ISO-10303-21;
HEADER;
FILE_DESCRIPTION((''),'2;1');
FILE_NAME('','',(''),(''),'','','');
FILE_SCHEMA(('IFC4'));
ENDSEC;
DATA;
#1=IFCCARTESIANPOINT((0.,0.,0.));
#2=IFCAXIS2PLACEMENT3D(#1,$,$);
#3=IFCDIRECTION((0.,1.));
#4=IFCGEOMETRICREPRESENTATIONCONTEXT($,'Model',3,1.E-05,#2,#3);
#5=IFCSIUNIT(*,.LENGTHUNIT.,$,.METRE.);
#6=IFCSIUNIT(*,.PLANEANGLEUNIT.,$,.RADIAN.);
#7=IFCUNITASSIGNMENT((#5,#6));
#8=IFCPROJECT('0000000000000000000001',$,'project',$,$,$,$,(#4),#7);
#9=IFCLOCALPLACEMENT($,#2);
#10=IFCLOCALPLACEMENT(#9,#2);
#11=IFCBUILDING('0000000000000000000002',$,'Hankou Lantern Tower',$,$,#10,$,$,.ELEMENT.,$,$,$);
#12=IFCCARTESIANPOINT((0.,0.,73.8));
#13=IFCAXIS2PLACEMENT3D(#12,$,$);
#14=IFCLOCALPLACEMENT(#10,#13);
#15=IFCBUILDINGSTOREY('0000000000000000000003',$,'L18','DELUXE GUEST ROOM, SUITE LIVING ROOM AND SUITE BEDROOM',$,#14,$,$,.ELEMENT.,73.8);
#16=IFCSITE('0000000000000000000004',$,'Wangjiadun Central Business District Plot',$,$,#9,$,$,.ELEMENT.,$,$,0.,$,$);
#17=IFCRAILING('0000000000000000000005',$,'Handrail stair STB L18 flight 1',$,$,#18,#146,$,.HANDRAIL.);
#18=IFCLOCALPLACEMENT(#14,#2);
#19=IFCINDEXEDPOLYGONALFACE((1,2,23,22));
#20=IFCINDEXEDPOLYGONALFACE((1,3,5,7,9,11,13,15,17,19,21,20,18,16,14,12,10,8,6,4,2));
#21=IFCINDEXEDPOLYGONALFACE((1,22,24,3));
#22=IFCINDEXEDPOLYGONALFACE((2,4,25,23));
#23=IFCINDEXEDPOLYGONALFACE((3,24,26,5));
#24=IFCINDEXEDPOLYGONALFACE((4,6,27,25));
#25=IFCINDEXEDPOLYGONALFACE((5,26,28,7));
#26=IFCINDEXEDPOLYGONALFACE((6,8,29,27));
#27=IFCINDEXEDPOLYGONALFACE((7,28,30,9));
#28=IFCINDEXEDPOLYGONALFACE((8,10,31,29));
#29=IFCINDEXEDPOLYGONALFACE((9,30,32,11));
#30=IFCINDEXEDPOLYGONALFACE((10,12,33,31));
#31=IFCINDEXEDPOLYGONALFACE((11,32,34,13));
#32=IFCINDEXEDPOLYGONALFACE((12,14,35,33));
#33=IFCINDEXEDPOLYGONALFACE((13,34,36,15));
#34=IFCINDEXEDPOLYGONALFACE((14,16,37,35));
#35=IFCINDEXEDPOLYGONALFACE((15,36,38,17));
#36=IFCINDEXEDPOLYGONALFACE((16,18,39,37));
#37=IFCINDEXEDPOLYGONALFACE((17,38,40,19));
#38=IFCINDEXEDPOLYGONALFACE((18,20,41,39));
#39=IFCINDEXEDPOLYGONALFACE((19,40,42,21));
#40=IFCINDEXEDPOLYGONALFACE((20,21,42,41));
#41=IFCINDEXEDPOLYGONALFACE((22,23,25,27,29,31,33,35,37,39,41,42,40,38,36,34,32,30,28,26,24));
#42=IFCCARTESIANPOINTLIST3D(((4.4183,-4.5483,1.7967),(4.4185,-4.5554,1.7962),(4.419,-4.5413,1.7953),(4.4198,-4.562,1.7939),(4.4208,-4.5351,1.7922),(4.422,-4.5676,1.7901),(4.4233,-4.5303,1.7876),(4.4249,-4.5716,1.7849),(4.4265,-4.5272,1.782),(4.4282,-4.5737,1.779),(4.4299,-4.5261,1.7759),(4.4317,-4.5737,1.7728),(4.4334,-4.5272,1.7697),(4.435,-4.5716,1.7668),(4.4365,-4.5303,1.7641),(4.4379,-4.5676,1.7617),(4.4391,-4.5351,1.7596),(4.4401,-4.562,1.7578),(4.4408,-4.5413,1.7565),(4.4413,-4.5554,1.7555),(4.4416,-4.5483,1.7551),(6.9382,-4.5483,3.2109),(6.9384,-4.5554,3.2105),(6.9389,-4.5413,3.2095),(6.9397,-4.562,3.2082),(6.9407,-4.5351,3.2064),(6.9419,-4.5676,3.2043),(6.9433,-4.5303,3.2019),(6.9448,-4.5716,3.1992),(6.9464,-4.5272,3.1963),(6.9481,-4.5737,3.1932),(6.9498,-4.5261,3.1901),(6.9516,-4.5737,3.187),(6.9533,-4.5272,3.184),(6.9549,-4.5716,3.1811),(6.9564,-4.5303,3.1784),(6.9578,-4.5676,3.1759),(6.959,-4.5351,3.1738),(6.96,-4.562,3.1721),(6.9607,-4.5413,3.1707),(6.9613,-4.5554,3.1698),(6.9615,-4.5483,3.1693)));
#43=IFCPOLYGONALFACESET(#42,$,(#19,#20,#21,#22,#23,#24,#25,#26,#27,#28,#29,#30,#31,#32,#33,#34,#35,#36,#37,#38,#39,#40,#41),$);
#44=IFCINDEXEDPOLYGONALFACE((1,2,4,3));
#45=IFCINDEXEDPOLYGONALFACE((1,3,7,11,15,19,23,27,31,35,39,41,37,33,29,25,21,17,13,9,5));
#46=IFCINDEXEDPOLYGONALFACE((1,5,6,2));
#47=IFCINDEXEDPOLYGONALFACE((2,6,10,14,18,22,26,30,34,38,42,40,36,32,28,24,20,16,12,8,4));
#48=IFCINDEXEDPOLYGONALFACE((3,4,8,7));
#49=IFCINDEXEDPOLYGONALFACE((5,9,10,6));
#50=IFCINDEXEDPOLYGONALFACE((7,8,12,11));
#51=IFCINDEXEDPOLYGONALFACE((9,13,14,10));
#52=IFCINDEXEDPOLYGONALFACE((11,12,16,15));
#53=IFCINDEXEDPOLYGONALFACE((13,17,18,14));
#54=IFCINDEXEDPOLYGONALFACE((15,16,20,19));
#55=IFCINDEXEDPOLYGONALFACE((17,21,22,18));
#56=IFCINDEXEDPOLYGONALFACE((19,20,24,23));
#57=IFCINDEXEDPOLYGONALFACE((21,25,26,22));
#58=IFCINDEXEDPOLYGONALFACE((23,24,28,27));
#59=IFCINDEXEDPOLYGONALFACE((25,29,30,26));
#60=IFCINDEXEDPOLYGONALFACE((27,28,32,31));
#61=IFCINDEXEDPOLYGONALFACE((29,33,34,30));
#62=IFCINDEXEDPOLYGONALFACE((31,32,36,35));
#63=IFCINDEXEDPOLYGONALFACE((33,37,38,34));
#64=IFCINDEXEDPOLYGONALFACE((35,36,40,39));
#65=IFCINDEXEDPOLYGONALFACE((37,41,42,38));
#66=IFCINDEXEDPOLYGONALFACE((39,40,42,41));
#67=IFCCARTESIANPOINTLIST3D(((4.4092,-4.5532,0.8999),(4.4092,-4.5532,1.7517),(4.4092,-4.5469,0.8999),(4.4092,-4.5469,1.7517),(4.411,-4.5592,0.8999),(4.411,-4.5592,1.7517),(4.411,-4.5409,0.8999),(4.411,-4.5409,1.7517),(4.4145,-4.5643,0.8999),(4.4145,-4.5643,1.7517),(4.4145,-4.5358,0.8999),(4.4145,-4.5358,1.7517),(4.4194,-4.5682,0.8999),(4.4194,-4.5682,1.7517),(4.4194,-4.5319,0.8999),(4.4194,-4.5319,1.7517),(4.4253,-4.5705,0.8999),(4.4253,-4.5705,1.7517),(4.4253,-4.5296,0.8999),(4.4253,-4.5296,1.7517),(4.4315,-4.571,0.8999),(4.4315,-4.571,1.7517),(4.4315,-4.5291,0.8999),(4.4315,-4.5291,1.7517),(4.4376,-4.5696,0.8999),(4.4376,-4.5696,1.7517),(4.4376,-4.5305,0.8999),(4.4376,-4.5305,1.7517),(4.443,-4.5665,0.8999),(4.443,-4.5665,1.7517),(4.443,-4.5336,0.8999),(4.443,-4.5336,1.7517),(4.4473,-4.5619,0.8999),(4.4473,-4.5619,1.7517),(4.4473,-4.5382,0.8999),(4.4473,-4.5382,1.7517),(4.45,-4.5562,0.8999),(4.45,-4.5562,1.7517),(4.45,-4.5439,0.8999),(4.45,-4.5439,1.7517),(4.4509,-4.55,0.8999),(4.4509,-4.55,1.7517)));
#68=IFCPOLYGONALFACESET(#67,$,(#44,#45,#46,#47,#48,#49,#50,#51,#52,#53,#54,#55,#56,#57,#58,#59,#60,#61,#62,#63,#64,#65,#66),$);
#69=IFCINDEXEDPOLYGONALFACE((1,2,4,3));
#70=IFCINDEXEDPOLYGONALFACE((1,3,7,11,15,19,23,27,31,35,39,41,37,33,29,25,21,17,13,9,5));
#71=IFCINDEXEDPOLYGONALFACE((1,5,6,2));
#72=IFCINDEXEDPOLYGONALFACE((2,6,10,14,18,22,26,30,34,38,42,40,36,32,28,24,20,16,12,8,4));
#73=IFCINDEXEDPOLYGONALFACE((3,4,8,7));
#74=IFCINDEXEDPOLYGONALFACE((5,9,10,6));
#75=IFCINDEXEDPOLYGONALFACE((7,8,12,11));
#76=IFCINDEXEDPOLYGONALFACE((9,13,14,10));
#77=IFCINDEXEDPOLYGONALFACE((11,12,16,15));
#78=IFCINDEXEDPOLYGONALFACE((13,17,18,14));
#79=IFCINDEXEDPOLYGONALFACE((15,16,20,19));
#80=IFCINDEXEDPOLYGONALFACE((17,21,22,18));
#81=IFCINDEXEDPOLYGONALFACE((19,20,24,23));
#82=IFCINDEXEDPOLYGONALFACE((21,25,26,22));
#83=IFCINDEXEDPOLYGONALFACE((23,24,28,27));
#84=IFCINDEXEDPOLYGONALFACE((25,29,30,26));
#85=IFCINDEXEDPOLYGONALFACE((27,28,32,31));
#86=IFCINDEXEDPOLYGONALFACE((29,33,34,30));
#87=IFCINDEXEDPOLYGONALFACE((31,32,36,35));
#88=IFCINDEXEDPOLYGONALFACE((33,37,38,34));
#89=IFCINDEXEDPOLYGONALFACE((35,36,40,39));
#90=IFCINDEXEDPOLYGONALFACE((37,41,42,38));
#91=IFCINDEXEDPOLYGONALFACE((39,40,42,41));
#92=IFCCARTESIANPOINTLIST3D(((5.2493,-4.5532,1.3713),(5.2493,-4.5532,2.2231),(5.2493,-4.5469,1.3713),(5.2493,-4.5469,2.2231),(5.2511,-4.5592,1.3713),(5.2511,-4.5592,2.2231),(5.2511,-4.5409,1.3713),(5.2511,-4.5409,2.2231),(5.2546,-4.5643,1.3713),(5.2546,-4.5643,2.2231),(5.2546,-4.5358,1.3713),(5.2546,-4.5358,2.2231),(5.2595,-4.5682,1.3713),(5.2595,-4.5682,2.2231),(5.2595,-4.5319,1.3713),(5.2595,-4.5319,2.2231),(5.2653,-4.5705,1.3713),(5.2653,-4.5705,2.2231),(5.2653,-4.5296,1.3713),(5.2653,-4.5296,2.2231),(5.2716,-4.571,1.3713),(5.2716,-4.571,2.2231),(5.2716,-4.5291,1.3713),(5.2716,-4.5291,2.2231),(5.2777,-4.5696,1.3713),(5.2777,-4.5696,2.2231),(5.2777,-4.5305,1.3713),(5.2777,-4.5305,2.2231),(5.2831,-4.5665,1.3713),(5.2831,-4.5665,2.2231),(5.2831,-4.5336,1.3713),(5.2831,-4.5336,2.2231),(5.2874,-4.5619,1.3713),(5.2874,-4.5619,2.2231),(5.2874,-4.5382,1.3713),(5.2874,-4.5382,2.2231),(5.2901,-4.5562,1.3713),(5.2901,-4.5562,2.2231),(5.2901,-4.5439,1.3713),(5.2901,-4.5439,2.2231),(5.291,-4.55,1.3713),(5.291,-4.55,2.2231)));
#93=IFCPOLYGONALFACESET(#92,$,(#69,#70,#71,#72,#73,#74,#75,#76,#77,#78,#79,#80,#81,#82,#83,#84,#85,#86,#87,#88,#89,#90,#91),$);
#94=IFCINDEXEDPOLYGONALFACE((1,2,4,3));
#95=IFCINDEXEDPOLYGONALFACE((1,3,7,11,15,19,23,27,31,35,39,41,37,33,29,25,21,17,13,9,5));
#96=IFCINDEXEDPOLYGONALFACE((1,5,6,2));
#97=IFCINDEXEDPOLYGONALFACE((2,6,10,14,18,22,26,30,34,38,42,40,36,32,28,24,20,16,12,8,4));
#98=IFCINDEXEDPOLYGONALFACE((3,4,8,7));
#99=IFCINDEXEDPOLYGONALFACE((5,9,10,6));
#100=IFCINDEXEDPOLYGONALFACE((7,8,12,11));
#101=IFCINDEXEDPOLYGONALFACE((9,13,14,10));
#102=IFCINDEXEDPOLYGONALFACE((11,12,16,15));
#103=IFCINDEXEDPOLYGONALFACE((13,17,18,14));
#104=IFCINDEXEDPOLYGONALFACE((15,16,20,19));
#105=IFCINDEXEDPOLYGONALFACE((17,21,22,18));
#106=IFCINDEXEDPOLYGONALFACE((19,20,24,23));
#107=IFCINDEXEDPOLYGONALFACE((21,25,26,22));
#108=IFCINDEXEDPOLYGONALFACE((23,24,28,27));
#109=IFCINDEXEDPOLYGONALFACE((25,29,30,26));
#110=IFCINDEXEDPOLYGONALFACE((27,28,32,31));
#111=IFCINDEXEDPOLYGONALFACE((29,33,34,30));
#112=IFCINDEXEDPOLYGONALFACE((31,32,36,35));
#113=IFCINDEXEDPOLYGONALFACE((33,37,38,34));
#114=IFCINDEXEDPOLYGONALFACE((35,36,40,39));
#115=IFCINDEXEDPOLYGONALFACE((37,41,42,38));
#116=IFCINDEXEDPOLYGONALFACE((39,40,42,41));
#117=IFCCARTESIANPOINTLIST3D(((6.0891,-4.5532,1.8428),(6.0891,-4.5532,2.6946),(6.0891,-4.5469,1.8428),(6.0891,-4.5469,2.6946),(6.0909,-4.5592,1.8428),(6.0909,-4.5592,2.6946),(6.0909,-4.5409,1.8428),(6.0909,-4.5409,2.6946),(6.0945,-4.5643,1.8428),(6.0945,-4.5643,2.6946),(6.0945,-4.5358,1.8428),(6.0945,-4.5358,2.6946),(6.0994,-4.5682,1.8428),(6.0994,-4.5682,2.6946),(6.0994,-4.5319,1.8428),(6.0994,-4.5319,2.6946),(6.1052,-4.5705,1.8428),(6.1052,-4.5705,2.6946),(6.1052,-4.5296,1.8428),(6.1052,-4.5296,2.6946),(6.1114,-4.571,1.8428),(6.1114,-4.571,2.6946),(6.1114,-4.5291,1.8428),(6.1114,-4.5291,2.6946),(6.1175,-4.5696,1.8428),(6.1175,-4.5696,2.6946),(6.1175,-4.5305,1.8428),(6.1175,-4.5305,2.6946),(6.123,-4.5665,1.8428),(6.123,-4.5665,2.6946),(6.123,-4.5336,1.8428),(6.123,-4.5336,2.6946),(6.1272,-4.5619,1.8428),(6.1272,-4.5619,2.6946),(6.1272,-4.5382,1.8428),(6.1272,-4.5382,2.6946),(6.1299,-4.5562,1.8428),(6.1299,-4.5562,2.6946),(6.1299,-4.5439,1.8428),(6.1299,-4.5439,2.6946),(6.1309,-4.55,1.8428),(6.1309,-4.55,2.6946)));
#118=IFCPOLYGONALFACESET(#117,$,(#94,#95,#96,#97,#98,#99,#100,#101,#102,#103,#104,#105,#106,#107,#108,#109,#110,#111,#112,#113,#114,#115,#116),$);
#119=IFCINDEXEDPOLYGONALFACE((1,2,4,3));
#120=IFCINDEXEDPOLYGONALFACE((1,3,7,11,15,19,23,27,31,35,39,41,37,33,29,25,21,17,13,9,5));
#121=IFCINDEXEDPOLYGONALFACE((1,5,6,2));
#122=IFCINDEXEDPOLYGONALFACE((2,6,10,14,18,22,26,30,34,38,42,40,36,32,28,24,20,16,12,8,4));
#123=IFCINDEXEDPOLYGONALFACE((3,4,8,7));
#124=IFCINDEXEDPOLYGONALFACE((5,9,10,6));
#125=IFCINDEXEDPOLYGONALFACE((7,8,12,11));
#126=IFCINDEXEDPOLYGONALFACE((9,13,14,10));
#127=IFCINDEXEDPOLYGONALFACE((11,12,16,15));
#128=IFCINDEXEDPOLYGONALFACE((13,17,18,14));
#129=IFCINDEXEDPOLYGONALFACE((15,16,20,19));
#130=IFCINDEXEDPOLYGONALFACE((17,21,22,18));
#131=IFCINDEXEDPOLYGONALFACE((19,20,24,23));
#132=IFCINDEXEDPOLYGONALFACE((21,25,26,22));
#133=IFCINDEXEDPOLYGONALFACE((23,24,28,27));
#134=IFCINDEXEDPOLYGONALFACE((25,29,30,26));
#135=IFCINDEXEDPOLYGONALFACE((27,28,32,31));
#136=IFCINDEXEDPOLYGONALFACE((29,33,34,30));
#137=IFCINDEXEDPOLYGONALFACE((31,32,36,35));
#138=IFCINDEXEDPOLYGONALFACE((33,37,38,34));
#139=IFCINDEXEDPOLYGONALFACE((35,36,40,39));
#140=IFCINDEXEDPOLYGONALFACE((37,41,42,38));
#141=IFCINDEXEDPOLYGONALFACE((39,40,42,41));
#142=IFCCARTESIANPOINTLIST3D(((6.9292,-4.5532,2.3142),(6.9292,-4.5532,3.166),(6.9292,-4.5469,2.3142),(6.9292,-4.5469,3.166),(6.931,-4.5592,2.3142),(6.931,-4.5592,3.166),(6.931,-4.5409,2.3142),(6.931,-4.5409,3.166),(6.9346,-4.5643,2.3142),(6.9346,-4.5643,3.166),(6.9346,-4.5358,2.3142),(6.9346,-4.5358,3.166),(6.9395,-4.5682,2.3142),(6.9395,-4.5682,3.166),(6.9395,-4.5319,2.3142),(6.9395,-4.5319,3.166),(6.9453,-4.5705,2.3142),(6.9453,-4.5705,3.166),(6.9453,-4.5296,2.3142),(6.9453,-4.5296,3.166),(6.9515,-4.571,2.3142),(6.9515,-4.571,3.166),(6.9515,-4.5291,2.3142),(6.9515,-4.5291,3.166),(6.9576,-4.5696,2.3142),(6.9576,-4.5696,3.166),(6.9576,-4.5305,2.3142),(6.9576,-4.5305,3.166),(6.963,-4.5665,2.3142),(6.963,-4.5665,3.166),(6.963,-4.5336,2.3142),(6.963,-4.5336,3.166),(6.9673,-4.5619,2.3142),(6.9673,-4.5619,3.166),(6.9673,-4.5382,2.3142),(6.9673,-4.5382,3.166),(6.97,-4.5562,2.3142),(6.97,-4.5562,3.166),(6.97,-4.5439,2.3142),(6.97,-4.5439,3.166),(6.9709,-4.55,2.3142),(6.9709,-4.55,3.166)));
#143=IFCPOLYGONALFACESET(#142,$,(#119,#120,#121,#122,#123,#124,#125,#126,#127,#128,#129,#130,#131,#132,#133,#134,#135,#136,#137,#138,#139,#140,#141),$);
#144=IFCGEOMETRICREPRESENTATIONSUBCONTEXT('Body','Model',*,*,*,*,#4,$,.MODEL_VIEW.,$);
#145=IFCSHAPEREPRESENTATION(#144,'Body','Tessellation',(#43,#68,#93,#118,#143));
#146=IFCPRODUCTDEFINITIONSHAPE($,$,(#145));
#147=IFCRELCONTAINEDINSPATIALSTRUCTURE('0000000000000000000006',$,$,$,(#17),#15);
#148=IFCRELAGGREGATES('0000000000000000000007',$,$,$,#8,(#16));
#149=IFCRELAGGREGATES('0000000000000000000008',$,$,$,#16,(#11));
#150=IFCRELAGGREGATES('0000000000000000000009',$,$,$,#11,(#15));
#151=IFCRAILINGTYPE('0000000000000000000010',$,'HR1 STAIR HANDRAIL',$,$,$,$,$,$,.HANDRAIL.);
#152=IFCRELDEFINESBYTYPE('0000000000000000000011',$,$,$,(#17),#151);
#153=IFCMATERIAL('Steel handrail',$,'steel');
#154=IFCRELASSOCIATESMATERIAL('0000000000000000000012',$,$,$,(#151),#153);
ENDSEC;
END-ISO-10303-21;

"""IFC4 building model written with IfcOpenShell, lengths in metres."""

from ifc_helpers import new_model, si_unit, direction, frame, origin, origin_2d, place, context, subcontext, project, spatial, circle, extrude, material, type_object, element, save


model = new_model("IFC4")

# Units and contexts
model_context = context("Model", 3, precision=1e-05, world=origin(), true_north=direction((0.0, 1.0)))
body_context = subcontext(model_context, "Body", "Model", "MODEL_VIEW")
ifc_project = project(units=[si_unit("LENGTHUNIT", "METRE"), si_unit("PLANEANGLEUNIT", "RADIAN")], contexts=[model_context])

# Site, building, storey
site_placement = place(None, origin())
site = spatial("IfcSite", under=ifc_project, at=site_placement, Name="Wangjiadun Central Business District Plot", CompositionType="ELEMENT", RefElevation=0.0)
building_placement = place(site_placement, origin())
building = spatial("IfcBuilding", under=site, at=building_placement, Name="Hankou Lantern Tower", CompositionType="ELEMENT")
storey_placement = place(building_placement, frame((0.0, 0.0, 73.8)))
storey = spatial("IfcBuildingStorey", under=building, at=storey_placement, Name="L18", Description="DELUXE GUEST ROOM, SUITE LIVING ROOM AND SUITE BEDROOM", CompositionType="ELEMENT", Elevation=73.8)

# Railing
ifc_material_1 = material(Name="Steel handrail", Category="steel")
railing_type = type_object("IfcRailingType", Name="HR1 STAIR HANDRAIL", PredefinedType="HANDRAIL", material=ifc_material_1)
railing_placement = place(storey_placement, frame((4.4299, -4.55, 0.8999)))
element("IfcRailing", 1, at=railing_placement, inside=storey, type_object=railing_type, Name="Handrail stair STB L18 flight 1", PredefinedType="HANDRAIL", context=body_context, shape_type="SweptSolid", body=[
    extrude(circle(Radius=0.0239, at=origin_2d()), frame((0.0, 0.0, 0.876), z_axis=(0.872049, 0.0, 0.489419), x_axis=(0.0, 1.0, 0.0)), (0.0, 0.0, 1.0), 2.8896),
    extrude(circle(Radius=0.021, at=origin_2d()), origin(), (0.0, 0.0, 1.0), 0.8518),
    extrude(circle(Radius=0.021, at=origin_2d()), frame((0.8401, 0.0, 0.4714)), (0.0, 0.0, 1.0), 0.8518),
    extrude(circle(Radius=0.021, at=origin_2d()), frame((1.6799, 0.0, 0.9429)), (0.0, 0.0, 1.0), 0.8518),
    extrude(circle(Radius=0.021, at=origin_2d()), frame((2.52, 0.0, 1.4143)), (0.0, 0.0, 1.0), 0.8518),
])

save(model, "model.ifc")
